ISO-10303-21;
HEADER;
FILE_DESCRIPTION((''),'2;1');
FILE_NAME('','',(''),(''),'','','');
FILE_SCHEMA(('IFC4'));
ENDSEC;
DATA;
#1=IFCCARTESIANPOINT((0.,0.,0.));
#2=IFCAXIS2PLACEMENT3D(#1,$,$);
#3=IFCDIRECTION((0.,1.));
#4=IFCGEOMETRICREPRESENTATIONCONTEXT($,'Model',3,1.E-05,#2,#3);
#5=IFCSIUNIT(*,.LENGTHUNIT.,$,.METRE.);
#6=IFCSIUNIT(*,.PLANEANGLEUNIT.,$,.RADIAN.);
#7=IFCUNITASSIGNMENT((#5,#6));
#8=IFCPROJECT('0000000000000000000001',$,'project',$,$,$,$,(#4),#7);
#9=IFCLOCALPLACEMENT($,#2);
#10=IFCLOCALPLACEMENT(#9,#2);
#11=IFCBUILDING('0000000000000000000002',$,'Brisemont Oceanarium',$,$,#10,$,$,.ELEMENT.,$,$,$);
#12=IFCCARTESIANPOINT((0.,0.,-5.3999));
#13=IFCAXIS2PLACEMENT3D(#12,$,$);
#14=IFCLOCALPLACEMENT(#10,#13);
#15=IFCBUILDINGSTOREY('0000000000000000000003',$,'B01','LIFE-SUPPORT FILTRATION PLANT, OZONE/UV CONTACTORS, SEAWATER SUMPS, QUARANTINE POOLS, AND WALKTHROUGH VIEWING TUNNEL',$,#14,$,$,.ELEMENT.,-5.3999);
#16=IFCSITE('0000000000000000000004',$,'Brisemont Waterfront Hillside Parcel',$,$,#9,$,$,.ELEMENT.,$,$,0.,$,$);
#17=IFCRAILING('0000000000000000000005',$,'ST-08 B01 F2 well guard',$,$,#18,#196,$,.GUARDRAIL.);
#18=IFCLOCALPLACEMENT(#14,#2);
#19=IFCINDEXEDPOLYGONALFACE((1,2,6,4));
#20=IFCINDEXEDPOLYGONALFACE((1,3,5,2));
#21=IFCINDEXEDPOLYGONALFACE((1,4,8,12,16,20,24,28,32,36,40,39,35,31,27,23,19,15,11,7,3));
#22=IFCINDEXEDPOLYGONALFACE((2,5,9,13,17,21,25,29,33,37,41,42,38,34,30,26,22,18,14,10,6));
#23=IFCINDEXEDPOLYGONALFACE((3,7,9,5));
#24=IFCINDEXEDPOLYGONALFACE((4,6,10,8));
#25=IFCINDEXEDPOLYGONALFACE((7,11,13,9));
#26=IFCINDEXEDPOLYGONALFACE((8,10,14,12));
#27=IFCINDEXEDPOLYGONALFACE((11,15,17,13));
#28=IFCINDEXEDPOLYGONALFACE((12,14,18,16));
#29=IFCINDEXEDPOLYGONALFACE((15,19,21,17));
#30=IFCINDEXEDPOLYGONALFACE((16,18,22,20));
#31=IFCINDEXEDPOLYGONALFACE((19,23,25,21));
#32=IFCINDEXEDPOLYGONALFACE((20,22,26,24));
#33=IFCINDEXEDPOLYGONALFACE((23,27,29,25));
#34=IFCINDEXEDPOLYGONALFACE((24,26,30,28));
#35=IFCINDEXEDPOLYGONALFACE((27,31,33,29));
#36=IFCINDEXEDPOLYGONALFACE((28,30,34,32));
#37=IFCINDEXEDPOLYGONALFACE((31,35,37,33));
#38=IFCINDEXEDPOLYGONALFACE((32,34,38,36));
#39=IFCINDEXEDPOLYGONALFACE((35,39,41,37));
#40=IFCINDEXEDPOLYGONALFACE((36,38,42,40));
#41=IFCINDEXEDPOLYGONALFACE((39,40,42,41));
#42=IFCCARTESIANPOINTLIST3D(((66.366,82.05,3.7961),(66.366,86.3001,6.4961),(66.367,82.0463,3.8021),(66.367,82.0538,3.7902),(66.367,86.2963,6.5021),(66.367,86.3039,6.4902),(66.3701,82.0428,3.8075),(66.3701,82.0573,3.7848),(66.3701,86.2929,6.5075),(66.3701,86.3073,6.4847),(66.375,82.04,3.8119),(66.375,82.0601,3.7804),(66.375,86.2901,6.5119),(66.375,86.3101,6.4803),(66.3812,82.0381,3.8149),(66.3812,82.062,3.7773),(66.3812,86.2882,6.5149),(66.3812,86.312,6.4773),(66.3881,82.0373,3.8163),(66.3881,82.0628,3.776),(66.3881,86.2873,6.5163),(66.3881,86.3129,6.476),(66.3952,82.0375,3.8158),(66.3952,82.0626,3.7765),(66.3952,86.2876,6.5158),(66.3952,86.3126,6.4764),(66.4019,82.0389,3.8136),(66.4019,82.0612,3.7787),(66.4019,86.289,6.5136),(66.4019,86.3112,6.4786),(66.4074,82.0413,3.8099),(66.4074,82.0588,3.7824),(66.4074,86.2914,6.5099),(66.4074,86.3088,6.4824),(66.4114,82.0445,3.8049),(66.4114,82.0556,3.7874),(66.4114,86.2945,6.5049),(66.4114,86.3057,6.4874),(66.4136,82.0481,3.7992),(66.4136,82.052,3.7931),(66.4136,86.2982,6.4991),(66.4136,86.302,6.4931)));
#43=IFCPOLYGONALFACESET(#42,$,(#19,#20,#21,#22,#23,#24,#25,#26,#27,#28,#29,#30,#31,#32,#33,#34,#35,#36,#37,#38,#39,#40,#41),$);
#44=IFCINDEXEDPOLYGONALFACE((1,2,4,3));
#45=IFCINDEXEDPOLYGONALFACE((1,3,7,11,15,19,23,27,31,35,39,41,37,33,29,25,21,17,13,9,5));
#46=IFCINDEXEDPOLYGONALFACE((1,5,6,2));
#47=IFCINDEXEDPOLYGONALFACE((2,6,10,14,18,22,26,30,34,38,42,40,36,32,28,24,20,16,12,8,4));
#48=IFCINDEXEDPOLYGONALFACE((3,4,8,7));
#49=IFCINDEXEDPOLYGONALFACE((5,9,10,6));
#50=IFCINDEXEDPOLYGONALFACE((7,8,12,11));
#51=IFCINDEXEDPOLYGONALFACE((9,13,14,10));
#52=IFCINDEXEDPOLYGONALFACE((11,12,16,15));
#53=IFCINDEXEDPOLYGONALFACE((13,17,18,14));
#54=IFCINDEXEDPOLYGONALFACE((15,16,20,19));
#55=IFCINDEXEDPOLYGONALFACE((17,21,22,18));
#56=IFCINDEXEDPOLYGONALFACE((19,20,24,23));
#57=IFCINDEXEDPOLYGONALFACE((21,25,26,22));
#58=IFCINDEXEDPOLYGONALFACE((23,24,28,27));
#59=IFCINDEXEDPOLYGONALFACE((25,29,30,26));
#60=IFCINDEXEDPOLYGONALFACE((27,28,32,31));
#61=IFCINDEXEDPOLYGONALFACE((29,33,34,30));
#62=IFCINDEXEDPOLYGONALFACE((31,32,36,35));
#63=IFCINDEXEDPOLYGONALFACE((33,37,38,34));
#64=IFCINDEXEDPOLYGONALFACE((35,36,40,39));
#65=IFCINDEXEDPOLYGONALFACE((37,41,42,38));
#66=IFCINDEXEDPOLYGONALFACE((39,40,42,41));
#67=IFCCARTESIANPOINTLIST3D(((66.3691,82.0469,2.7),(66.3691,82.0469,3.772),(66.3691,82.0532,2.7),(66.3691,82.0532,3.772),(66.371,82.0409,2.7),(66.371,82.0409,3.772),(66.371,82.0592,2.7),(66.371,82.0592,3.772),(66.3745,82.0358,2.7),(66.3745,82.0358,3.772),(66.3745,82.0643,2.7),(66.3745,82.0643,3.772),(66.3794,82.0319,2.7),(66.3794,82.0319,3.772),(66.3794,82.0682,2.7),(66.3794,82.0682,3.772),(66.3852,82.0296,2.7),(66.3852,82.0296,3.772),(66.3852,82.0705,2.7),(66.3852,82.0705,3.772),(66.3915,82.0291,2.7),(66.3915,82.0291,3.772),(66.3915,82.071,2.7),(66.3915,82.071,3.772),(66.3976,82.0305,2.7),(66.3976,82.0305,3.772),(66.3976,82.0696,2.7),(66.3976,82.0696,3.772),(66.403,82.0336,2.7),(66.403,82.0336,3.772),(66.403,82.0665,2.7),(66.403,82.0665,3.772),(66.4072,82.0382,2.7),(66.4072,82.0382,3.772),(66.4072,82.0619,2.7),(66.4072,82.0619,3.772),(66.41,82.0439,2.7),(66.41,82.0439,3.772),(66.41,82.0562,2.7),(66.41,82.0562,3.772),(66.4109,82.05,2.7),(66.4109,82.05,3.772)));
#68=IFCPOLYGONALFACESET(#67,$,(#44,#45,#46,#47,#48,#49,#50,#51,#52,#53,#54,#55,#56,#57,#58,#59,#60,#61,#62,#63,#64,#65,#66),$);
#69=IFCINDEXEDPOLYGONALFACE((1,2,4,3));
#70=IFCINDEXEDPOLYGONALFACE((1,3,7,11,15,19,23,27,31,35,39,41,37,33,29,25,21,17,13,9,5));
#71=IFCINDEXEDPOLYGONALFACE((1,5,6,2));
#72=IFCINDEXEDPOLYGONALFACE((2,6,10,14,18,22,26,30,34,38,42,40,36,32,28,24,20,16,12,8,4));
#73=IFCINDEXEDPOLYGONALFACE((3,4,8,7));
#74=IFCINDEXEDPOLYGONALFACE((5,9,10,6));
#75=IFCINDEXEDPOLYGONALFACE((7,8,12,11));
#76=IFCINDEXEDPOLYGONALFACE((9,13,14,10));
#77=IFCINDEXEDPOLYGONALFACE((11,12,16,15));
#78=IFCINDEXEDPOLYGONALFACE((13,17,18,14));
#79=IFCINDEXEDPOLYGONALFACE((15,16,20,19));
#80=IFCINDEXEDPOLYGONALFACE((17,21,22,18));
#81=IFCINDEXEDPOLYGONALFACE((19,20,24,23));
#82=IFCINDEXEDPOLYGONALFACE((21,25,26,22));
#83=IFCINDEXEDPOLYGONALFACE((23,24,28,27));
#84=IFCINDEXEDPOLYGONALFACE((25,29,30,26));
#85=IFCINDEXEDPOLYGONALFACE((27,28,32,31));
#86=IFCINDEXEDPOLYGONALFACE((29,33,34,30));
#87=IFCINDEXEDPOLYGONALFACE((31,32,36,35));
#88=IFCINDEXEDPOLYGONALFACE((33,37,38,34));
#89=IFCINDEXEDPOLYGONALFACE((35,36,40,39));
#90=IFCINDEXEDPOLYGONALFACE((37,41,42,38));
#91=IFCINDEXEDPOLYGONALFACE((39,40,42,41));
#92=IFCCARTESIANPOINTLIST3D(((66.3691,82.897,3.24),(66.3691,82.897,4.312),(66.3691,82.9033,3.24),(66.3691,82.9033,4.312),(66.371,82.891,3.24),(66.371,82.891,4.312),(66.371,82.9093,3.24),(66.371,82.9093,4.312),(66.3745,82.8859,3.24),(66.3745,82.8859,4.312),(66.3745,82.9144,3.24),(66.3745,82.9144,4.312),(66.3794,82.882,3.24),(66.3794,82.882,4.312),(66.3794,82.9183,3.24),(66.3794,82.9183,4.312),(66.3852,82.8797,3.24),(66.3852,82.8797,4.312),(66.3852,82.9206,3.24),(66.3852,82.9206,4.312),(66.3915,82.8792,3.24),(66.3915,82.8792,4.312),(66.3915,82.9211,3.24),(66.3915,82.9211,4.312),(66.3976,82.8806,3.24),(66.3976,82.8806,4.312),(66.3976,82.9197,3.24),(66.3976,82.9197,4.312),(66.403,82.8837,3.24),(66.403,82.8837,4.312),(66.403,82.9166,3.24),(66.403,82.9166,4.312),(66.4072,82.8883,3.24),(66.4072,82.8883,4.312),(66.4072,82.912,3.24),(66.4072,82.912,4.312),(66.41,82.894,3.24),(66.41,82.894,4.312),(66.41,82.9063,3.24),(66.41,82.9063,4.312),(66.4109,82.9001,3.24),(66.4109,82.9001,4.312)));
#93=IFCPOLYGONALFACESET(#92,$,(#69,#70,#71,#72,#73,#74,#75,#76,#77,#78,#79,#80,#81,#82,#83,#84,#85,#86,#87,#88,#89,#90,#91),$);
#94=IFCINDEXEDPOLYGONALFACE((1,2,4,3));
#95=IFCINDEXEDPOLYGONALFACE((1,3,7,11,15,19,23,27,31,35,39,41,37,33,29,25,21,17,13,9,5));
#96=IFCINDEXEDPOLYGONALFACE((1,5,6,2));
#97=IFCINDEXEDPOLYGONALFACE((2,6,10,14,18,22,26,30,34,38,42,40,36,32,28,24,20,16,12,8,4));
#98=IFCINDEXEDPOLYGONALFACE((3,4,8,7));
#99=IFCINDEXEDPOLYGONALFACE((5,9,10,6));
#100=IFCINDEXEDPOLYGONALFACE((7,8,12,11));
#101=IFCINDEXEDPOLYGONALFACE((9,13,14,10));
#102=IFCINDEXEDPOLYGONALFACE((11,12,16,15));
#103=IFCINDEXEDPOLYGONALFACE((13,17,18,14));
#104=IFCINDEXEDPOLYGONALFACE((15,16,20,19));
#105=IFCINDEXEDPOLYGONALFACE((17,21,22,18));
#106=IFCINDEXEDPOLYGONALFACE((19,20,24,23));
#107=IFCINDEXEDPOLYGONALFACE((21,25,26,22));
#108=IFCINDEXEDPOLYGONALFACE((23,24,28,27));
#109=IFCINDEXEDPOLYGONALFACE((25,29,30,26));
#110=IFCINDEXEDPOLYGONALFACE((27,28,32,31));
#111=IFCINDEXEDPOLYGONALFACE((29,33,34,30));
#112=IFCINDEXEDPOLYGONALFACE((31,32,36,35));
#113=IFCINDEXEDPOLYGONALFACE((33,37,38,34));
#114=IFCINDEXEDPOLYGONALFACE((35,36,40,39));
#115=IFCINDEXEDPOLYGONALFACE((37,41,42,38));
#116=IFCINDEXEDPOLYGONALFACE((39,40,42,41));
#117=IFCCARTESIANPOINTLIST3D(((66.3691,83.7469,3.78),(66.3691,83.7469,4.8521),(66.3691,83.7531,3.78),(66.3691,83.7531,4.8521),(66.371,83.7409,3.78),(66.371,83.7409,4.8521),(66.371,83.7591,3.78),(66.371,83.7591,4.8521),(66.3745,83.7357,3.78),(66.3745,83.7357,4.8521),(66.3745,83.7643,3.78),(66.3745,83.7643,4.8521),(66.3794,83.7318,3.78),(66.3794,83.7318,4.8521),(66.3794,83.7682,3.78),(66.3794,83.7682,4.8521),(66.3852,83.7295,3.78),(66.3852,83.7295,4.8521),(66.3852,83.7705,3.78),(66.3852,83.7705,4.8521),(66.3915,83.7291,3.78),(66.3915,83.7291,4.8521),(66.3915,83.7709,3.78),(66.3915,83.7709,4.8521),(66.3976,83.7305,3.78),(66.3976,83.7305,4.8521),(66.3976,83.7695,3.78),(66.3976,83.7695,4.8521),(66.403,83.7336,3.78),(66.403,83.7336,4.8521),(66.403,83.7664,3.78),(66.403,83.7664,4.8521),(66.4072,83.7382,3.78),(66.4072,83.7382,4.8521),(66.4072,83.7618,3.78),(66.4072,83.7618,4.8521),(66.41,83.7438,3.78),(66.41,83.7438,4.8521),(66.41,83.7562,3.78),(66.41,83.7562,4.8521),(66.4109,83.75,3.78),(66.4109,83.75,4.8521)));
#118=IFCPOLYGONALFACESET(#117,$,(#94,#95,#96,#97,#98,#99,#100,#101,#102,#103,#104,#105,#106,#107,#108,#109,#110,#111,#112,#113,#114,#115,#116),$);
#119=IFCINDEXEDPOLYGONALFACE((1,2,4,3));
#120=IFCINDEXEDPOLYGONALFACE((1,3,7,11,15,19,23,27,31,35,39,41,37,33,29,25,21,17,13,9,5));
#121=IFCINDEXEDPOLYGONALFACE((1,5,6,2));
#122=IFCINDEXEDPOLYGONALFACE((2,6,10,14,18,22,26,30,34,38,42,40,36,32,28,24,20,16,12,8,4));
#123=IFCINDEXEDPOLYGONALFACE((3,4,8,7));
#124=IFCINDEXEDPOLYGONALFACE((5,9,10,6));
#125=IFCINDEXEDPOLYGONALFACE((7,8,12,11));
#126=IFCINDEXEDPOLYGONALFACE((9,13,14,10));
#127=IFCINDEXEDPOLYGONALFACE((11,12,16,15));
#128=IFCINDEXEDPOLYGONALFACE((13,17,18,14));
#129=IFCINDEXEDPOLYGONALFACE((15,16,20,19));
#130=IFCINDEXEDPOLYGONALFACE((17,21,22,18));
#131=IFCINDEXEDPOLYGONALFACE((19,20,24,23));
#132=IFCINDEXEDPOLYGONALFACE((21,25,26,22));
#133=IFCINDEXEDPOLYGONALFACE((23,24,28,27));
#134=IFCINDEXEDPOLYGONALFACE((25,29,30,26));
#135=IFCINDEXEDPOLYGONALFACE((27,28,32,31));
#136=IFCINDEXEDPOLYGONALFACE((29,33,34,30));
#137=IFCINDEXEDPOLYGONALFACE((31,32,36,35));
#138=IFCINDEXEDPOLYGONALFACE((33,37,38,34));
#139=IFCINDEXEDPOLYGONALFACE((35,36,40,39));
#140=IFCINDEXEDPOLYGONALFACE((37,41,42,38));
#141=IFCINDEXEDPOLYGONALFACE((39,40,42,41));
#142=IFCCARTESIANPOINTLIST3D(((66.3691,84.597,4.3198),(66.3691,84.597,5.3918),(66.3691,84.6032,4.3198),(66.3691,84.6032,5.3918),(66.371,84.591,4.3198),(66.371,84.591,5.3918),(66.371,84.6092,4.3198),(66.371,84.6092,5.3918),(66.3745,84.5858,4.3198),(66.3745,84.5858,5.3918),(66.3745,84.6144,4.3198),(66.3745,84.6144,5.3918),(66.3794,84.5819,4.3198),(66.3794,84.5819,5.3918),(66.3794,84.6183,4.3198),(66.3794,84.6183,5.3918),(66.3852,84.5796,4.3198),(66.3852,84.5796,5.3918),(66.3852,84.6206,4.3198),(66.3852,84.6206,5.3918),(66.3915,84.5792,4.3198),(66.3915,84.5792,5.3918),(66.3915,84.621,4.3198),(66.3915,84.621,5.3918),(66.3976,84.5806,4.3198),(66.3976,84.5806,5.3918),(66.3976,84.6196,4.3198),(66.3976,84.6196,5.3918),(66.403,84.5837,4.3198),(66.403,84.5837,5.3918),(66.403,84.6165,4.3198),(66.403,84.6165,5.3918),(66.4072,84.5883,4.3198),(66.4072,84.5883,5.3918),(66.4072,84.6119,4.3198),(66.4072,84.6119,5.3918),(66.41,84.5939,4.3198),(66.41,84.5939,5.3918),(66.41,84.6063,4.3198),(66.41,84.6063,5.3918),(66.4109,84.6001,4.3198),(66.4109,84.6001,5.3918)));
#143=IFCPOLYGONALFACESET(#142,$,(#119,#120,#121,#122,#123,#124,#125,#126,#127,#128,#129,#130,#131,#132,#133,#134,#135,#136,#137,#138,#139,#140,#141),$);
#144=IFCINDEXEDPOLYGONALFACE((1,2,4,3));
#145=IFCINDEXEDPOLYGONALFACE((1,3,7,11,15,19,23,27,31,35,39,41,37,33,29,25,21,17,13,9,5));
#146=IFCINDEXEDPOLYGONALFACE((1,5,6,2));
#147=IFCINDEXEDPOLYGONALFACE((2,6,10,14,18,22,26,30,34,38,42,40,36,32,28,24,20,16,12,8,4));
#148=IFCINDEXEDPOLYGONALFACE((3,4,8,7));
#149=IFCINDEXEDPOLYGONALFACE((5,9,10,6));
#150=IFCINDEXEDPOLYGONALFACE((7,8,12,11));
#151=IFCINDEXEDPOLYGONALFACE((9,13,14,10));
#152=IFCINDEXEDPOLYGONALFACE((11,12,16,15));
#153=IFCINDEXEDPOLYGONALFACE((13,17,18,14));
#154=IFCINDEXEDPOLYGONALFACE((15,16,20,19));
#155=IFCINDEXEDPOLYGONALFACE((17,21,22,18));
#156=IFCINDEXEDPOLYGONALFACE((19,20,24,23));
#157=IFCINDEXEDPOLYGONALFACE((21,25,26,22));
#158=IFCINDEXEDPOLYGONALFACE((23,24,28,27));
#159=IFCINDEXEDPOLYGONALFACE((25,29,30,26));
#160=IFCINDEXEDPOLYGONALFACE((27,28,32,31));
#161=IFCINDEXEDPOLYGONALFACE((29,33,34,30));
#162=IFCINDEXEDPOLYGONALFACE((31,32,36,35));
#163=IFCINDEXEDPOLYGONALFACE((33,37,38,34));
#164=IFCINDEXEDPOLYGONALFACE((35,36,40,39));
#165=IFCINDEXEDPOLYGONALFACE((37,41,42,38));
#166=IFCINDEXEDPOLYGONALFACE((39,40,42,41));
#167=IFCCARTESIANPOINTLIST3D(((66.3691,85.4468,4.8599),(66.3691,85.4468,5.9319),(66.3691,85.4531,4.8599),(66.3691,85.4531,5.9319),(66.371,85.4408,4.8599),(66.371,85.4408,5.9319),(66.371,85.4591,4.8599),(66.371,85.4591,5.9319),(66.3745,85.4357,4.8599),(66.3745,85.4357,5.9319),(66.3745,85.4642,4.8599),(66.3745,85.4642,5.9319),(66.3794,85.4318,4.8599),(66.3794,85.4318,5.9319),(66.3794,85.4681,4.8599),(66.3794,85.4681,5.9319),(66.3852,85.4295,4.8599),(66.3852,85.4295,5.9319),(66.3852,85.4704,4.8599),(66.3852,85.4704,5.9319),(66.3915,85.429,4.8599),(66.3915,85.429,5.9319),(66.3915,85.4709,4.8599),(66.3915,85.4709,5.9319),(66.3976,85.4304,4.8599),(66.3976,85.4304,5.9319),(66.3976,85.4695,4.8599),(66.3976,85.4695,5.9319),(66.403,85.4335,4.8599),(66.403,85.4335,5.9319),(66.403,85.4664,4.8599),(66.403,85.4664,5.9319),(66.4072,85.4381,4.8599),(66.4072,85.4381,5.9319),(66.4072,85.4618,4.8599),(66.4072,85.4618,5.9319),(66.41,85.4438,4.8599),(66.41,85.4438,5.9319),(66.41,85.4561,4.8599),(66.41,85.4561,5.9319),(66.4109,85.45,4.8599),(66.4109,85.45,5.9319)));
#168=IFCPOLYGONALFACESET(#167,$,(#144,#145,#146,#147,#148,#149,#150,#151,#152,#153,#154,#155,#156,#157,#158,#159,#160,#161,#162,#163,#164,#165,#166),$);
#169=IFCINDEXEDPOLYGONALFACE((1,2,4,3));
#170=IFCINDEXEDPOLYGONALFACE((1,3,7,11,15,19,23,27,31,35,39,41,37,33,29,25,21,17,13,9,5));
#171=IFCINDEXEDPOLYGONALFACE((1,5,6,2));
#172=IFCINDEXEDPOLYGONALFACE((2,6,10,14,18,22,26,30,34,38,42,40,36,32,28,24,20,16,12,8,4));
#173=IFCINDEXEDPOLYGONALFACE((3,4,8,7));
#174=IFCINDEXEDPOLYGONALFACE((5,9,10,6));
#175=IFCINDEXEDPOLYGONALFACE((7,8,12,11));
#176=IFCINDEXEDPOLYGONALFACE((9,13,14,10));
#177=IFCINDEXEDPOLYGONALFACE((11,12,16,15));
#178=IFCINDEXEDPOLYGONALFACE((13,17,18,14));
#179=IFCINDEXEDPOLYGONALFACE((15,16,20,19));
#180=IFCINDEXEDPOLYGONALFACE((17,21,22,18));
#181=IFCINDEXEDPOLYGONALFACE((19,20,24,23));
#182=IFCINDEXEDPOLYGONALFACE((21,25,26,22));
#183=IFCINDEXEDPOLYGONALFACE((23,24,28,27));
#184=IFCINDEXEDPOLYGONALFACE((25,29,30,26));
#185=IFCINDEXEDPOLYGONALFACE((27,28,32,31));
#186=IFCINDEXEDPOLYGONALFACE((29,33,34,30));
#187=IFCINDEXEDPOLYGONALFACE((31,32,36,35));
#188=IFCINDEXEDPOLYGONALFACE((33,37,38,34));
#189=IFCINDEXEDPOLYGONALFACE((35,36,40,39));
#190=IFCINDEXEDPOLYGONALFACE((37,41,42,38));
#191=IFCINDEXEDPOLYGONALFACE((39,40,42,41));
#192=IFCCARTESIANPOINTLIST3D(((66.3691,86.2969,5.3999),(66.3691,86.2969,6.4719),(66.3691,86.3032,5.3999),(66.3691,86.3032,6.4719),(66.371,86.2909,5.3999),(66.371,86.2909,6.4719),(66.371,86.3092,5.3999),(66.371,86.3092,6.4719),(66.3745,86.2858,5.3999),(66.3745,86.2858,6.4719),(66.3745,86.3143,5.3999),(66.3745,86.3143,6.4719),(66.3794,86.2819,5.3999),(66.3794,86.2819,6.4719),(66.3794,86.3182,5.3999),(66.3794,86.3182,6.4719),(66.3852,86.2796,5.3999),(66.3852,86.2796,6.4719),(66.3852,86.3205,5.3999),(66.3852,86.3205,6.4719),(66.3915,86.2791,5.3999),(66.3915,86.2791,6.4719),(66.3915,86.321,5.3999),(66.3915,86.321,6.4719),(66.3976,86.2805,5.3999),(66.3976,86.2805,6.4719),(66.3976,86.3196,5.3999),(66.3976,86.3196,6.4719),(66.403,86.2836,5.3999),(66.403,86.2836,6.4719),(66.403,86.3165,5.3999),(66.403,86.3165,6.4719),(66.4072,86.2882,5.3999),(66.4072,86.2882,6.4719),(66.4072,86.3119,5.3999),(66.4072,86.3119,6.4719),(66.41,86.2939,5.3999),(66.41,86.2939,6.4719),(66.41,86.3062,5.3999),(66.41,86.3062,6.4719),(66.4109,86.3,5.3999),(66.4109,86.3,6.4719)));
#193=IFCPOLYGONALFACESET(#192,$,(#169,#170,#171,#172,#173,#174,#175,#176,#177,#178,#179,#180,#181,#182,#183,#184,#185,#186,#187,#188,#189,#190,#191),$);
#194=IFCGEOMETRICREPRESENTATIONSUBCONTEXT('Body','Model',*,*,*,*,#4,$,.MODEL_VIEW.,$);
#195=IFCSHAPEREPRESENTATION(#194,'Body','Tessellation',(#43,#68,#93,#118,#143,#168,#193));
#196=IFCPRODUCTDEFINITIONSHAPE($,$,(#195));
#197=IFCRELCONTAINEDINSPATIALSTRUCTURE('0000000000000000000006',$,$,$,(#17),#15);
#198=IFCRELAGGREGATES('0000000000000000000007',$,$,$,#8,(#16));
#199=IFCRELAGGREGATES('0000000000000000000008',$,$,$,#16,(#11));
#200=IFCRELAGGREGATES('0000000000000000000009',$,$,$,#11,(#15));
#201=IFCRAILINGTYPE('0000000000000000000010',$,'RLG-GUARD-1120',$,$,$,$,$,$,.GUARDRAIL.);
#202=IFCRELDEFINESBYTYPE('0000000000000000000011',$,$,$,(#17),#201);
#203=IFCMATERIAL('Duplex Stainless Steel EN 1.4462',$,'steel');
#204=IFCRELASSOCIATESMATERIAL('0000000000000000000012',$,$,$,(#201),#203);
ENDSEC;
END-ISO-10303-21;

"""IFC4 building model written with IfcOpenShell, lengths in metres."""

from ifc_helpers import new_model, si_unit, direction, frame, origin, origin_2d, place, context, subcontext, project, spatial, circle, extrude, material, type_object, element, save


model = new_model("IFC4")

# Units and contexts
model_context = context("Model", 3, precision=1e-05, world=origin(), true_north=direction((0.0, 1.0)))
body_context = subcontext(model_context, "Body", "Model", "MODEL_VIEW")
ifc_project = project(units=[si_unit("LENGTHUNIT", "METRE"), si_unit("PLANEANGLEUNIT", "RADIAN")], contexts=[model_context])

# Site, building, storey
site_placement = place(None, origin())
site = spatial("IfcSite", under=ifc_project, at=site_placement, Name="Brisemont Waterfront Hillside Parcel", CompositionType="ELEMENT", RefElevation=0.0)
building_placement = place(site_placement, origin())
building = spatial("IfcBuilding", under=site, at=building_placement, Name="Brisemont Oceanarium", CompositionType="ELEMENT")
storey_placement = place(building_placement, frame((0.0, 0.0, -5.3999)))
storey = spatial("IfcBuildingStorey", under=building, at=storey_placement, Name="B01", Description="LIFE-SUPPORT FILTRATION PLANT, OZONE/UV CONTACTORS, SEAWATER SUMPS, QUARANTINE POOLS, AND WALKTHROUGH VIEWING TUNNEL", CompositionType="ELEMENT", Elevation=-5.3999)

# Railing
ifc_material_1 = material(Name="Duplex Stainless Steel EN 1.4462", Category="steel")
railing_type_1 = type_object("IfcRailingType", Name="RLG-GUARD-1120", PredefinedType="GUARDRAIL", material=ifc_material_1)
railing_1_placement = place(storey_placement, frame((66.3899, 82.05, 2.7)))
element("IfcRailing", 1, at=railing_1_placement, inside=storey, type_object=railing_type_1, Name="ST-08 B01 F2 well guard", PredefinedType="GUARDRAIL", context=body_context, shape_type="SweptSolid", body=[
    extrude(circle(Radius=0.0239, at=origin_2d()), frame((0.0, 0.0, 1.0962), z_axis=(0.0, 0.844075, 0.536226), x_axis=(-1.0, 0.0, 0.0)), (0.0, 0.0, 1.0), 5.0352),
    extrude(circle(Radius=0.021, at=origin_2d()), origin(), (0.0, 0.0, 1.0), 1.072),
    extrude(circle(Radius=0.021, at=origin_2d()), frame((0.0, 0.8501, 0.54)), (0.0, 0.0, 1.0), 1.072),
    extrude(circle(Radius=0.021, at=origin_2d()), frame((0.0, 1.7, 1.0801)), (0.0, 0.0, 1.0), 1.072),
    extrude(circle(Radius=0.021, at=origin_2d()), frame((0.0, 2.55, 1.6199)), (0.0, 0.0, 1.0), 1.072),
    extrude(circle(Radius=0.021, at=origin_2d()), frame((0.0, 3.3999, 2.1599)), (0.0, 0.0, 1.0), 1.072),
    extrude(circle(Radius=0.021, at=origin_2d()), frame((0.0, 4.25, 2.7)), (0.0, 0.0, 1.0), 1.072),
])

save(model, "model.ifc")
